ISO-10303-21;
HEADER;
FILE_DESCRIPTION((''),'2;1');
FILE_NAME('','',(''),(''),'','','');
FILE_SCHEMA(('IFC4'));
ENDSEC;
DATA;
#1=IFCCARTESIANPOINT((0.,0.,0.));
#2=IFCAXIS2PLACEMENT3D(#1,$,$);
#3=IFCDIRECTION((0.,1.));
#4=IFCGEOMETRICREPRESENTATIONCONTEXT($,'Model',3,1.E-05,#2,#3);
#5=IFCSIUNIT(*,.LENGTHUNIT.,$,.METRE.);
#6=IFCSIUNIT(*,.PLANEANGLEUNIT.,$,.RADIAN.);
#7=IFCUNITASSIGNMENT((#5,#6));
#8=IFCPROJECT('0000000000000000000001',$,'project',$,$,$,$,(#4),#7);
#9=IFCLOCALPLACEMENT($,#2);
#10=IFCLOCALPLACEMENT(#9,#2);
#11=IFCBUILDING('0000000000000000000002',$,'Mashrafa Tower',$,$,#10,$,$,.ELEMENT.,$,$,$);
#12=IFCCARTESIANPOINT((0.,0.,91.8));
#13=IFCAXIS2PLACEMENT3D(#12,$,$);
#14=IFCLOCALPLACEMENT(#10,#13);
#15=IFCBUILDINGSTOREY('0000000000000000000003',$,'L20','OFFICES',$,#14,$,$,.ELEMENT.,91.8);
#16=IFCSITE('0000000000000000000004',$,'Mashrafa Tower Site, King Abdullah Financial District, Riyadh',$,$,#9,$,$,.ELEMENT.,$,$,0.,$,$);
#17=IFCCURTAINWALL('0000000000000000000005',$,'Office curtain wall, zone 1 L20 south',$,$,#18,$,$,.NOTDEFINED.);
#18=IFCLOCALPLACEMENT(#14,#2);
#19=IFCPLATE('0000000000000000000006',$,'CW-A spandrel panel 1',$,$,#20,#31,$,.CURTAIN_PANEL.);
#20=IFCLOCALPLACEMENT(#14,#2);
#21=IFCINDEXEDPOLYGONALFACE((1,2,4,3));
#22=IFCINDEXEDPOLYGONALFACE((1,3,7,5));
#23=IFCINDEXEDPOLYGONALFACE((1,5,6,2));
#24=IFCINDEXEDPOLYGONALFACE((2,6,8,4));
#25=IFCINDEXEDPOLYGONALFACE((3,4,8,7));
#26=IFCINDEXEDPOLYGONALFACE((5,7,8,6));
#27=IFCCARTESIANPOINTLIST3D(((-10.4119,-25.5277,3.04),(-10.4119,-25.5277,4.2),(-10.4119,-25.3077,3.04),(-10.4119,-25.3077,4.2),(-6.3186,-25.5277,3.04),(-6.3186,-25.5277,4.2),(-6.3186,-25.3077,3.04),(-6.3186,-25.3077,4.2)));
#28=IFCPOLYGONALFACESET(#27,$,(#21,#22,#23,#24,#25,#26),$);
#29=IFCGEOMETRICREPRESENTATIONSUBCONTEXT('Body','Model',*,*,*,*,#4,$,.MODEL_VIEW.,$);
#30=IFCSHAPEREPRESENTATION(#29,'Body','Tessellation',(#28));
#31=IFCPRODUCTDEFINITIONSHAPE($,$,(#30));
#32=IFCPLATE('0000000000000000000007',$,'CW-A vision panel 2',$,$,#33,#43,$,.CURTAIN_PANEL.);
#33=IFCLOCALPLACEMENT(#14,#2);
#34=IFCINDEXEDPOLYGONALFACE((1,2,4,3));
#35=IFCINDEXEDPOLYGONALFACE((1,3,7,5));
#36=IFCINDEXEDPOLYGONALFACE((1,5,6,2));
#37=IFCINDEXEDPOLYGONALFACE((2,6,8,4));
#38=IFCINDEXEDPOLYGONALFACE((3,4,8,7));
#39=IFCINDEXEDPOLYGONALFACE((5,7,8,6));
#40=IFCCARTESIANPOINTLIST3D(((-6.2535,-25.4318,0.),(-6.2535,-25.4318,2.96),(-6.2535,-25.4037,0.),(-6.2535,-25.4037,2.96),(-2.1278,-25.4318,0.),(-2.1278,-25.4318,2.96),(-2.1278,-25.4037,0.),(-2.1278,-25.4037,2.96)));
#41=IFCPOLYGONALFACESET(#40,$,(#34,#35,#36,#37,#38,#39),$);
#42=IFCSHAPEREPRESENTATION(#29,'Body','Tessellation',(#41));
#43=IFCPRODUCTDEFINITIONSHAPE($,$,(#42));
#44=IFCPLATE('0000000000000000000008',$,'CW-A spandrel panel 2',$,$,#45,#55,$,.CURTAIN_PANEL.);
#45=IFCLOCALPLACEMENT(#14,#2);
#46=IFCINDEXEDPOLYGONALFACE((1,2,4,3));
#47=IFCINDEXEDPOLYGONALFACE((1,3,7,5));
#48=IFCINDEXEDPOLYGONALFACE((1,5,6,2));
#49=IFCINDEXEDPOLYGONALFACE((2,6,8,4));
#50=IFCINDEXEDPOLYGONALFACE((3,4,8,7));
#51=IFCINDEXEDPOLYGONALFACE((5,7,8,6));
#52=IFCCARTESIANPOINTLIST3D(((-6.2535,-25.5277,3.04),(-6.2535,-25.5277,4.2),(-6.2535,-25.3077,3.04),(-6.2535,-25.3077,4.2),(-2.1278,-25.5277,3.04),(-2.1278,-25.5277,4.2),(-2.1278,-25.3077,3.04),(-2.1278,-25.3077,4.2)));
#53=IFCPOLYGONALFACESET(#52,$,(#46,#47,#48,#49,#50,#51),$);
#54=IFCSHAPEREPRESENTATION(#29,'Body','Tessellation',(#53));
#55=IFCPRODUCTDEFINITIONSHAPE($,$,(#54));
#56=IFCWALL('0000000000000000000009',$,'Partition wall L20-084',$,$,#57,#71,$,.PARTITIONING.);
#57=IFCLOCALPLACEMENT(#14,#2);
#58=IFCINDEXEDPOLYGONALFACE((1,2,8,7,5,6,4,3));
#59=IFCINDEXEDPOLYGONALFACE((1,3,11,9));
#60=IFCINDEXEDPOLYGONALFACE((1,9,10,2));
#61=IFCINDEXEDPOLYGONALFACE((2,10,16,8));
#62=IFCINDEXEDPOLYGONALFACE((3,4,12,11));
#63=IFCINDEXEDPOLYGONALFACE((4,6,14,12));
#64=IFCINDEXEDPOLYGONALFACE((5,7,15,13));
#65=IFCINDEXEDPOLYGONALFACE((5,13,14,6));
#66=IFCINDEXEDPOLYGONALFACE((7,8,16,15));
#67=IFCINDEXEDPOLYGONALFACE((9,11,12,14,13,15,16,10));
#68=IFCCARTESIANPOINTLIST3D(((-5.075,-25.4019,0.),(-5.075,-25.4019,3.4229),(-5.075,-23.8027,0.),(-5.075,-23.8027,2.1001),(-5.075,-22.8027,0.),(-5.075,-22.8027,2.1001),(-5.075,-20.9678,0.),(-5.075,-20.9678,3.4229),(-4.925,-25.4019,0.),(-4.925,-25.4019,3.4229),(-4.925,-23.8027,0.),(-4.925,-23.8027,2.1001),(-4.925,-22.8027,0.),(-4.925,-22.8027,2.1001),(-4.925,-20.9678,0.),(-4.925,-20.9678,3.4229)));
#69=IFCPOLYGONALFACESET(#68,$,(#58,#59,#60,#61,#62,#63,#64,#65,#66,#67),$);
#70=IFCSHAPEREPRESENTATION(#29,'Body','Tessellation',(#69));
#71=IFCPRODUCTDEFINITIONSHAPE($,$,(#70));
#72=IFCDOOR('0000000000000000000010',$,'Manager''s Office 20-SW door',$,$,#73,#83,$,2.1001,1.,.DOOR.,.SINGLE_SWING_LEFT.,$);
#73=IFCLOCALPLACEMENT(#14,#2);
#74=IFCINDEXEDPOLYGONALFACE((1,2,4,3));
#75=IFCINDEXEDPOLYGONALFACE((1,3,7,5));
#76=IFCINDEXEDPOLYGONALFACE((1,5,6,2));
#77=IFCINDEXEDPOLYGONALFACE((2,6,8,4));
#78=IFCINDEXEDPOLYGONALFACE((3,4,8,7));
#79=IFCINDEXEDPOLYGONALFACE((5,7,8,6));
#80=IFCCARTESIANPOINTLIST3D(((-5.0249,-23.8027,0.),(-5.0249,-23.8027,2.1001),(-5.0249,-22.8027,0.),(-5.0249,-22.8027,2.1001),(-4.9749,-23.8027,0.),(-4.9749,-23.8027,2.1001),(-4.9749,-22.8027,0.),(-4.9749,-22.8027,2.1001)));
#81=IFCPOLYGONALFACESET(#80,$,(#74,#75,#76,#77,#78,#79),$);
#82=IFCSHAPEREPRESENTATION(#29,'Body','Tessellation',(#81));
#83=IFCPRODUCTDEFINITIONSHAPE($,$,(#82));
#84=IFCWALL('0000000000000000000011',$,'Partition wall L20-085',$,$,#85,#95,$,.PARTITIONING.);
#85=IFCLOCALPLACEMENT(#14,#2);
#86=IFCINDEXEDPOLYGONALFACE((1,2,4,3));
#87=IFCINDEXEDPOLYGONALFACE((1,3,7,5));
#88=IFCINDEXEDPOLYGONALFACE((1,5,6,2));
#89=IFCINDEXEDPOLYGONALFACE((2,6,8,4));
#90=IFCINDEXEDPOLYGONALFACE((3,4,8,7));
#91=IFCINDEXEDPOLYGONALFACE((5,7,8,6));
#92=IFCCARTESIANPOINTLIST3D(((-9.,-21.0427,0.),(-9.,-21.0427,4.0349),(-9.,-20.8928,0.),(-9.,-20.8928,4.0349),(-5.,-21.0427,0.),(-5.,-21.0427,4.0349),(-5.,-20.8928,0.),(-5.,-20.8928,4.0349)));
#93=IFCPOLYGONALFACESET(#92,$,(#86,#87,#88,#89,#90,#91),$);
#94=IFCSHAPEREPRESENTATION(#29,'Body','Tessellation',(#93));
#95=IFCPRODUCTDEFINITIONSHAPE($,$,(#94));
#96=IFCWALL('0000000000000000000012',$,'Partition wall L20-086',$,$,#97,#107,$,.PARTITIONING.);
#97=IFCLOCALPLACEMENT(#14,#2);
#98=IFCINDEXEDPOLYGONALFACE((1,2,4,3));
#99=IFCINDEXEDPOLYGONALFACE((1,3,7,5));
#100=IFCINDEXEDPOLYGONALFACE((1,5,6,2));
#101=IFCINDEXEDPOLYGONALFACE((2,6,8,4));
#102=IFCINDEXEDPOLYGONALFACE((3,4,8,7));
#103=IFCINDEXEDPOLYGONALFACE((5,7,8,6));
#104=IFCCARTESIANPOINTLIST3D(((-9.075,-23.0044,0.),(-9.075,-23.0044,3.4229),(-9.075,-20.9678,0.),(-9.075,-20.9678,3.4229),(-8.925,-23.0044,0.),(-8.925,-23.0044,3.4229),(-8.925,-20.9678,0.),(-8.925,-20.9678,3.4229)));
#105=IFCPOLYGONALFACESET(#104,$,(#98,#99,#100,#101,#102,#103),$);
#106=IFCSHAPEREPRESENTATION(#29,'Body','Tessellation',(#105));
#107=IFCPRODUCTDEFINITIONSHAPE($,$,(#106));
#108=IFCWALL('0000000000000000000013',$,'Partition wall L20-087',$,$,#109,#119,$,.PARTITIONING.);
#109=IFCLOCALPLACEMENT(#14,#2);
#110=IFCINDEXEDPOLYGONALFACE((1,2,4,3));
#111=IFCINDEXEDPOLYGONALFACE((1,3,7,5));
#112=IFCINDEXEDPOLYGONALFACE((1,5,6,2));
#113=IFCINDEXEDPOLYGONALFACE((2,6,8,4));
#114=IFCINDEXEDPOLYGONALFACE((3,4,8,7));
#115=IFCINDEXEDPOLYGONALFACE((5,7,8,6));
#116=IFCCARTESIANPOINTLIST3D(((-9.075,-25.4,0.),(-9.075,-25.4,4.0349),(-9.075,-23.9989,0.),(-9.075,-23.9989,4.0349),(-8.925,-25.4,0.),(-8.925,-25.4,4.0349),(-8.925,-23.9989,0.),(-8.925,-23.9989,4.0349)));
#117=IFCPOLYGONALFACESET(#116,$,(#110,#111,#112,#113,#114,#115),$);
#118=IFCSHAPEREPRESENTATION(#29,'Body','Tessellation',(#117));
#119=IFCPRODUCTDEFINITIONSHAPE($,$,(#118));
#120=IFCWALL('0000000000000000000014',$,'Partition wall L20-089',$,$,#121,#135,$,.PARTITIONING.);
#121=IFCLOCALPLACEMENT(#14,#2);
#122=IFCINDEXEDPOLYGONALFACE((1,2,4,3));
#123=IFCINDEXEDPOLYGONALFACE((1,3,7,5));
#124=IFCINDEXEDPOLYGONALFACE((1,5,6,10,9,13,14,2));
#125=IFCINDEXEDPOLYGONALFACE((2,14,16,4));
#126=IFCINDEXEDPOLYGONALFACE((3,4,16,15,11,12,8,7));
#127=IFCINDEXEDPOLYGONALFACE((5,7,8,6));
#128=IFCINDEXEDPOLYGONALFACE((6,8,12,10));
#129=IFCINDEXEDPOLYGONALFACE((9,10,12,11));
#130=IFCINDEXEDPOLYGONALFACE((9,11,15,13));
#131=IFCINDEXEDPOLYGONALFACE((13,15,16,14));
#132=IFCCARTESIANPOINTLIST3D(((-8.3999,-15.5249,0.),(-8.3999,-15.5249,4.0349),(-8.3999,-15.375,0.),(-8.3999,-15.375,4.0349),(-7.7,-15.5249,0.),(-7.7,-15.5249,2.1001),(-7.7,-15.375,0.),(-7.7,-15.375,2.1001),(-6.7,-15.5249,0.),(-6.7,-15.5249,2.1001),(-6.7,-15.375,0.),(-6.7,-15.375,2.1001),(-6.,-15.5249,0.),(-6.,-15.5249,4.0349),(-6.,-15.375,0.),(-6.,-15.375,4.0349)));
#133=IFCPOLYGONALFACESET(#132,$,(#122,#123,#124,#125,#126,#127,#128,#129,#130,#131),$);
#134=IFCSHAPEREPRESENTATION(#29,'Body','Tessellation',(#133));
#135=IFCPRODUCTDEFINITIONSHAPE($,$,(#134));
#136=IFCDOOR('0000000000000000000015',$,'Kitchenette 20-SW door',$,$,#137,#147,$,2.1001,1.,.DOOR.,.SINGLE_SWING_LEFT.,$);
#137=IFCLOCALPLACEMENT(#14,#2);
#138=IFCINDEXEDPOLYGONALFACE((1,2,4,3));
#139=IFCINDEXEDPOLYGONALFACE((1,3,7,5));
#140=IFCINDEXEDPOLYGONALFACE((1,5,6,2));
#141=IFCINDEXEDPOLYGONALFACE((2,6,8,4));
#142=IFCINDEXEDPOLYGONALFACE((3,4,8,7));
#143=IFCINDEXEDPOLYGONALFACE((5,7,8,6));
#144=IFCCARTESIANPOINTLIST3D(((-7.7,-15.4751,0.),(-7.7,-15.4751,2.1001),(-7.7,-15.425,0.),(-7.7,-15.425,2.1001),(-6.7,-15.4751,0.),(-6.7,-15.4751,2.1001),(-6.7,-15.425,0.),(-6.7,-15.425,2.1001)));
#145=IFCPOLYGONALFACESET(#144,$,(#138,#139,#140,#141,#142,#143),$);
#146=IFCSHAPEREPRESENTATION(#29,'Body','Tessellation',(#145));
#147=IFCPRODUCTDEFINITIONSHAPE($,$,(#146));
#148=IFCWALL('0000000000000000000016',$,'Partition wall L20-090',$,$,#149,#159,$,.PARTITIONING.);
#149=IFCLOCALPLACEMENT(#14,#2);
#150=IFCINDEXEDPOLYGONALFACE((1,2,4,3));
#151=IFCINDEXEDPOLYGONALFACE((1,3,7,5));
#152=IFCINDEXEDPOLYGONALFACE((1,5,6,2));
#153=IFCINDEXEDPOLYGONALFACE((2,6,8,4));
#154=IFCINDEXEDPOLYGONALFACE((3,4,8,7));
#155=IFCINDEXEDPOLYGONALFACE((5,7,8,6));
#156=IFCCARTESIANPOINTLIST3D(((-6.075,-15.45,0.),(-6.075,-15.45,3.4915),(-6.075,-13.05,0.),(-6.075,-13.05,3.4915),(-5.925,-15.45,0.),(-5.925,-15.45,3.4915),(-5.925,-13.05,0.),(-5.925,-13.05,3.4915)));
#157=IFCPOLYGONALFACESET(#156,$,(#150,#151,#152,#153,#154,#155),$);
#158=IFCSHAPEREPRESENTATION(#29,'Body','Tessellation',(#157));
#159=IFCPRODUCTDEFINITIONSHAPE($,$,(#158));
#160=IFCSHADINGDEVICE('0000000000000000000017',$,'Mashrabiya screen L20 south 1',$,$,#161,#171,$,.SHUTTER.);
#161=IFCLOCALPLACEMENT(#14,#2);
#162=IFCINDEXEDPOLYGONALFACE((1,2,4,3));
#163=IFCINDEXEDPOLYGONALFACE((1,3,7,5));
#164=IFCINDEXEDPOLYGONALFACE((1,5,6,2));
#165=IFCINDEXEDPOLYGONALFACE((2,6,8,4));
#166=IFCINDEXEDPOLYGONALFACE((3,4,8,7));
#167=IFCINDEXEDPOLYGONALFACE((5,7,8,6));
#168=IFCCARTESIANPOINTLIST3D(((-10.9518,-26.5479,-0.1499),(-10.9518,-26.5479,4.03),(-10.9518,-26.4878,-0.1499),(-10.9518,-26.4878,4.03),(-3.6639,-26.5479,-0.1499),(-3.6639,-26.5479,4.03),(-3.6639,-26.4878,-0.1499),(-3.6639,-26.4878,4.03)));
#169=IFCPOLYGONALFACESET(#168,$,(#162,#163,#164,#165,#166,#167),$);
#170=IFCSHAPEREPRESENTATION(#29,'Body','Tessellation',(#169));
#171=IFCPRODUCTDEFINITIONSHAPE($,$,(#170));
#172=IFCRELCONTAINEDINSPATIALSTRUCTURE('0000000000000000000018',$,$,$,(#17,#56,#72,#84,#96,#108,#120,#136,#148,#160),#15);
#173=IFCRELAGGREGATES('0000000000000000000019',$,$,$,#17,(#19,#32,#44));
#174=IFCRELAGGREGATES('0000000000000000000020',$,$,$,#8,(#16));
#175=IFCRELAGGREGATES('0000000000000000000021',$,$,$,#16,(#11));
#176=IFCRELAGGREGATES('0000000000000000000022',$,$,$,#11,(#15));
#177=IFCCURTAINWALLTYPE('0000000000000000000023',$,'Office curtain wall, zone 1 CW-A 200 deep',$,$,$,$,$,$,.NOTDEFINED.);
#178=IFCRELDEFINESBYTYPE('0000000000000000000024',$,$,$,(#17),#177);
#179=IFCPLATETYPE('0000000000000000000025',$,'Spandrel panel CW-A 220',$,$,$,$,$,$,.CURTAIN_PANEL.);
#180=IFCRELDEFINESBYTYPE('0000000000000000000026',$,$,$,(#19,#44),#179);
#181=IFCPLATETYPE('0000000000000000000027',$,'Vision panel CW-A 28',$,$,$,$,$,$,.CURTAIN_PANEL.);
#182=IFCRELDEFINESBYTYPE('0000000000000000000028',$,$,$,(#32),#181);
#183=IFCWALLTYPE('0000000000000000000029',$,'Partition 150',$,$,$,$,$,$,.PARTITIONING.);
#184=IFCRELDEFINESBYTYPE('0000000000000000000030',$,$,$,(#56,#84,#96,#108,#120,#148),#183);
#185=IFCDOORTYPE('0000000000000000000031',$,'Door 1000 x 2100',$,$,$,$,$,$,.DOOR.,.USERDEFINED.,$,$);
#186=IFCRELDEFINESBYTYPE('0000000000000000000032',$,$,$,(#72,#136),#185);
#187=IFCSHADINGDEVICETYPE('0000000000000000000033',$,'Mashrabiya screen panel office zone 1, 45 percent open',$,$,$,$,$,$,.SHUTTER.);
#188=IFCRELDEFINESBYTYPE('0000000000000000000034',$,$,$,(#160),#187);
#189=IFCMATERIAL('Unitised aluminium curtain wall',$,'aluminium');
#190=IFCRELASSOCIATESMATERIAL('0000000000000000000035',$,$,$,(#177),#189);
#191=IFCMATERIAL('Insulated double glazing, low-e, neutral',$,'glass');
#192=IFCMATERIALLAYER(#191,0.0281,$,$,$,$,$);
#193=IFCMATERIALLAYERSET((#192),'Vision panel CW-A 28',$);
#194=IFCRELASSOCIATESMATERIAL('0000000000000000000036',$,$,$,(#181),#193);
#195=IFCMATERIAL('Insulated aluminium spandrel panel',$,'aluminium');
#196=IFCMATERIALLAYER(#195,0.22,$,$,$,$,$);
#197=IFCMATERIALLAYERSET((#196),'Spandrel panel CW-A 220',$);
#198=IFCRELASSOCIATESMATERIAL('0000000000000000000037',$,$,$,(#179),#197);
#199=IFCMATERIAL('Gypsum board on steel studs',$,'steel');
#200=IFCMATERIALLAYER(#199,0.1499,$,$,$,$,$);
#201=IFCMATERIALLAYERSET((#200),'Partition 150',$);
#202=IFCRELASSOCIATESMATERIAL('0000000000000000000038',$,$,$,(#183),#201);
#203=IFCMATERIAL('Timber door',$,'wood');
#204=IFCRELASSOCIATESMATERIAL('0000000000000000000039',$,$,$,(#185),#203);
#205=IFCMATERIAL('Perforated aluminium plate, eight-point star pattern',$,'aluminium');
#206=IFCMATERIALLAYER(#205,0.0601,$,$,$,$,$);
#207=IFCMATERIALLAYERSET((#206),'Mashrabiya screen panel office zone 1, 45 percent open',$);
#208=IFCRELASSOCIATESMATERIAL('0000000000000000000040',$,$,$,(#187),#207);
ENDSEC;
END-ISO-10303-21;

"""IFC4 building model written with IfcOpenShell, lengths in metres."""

from ifc_helpers import new_model, si_unit, direction, frame, frame_2d, origin, origin_2d, place, context, subcontext, project, spatial, rectangle, extrude, source, transform, mapped, material, layer, layer_set, type_object, type_shapes, element, fill, aggregate, save


model = new_model("IFC4")

# Units and contexts
model_context = context("Model", 3, precision=1e-05, world=origin(), true_north=direction((0.0, 1.0)))
body_context = subcontext(model_context, "Body", "Model", "MODEL_VIEW")
ifc_project = project(units=[si_unit("LENGTHUNIT", "METRE"), si_unit("PLANEANGLEUNIT", "RADIAN")], contexts=[model_context])

# Site, building, storey
site_placement = place(None, origin())
site = spatial("IfcSite", under=ifc_project, at=site_placement, Name="Mashrafa Tower Site, King Abdullah Financial District, Riyadh", CompositionType="ELEMENT", RefElevation=0.0)
building_placement = place(site_placement, origin())
building = spatial("IfcBuilding", under=site, at=building_placement, Name="Mashrafa Tower", CompositionType="ELEMENT")
storey_placement = place(building_placement, frame((0.0, 0.0, 91.8)))
storey = spatial("IfcBuildingStorey", under=building, at=storey_placement, Name="L20", Description="OFFICES", CompositionType="ELEMENT", Elevation=91.8)

# Shared definitions
ifc_material_1 = material(Name="Unitised aluminium curtain wall", Category="aluminium")
curtain_wall_type = type_object("IfcCurtainWallType", Name="Office curtain wall, zone 1 CW-A 200 deep", PredefinedType="NOTDEFINED", material=ifc_material_1)

# Curtain wall
curtain_wall_1_placement = place(storey_placement, origin())
curtain_wall_1 = element("IfcCurtainWall", 1, at=curtain_wall_1_placement, inside=storey, type_object=curtain_wall_type, Name="Office curtain wall, zone 1 L20 south", PredefinedType="NOTDEFINED")

# Plates
ifc_material_2 = material(Name="Insulated double glazing, low-e, neutral", Category="glass")
ifc_layer_1 = layer(ifc_material_2, 0.0281)
ifc_layer_set_1 = layer_set([ifc_layer_1], Name="Vision panel CW-A 28")
plate_type_1 = type_object("IfcPlateType", Name="Vision panel CW-A 28", PredefinedType="CURTAIN_PANEL", material=ifc_layer_set_1)
ifc_material_3 = material(Name="Insulated aluminium spandrel panel", Category="aluminium")
ifc_layer_2 = layer(ifc_material_3, 0.22)
ifc_layer_set_2 = layer_set([ifc_layer_2], Name="Spandrel panel CW-A 220")
plate_type_2 = type_object("IfcPlateType", Name="Spandrel panel CW-A 220", PredefinedType="CURTAIN_PANEL", material=ifc_layer_set_2)
shared_shape_1 = source(origin(), body_context, "Body", "SweptSolid", [
    extrude(rectangle(XDim=4.0933, YDim=0.22, at=origin_2d()), origin(), (0.0, 0.0, 1.0), 1.1599),
])
plate_1_placement = place(storey_placement, frame((-8.3652, -25.4177, 3.04), z_axis=(0.0, 0.0, 1.0), x_axis=(1.0, 0.0, 0.0)))
plate_1 = element("IfcPlate", 2, at=plate_1_placement, type_object=plate_type_2, Name="CW-A spandrel panel 1", PredefinedType="CURTAIN_PANEL", context=body_context, shape_type="MappedRepresentation", body=[
    mapped(shared_shape_1, transform((0.0, 0.0, 0.0))),
])
shared_shape_2 = source(origin(), body_context, "Body", "SweptSolid", [
    extrude(rectangle(XDim=4.1257, YDim=0.0281, at=origin_2d()), origin(), (0.0, 0.0, 1.0), 2.96),
])
plate_2_placement = place(storey_placement, frame((-4.1907, -25.4177, 0.0), z_axis=(0.0, 0.0, 1.0), x_axis=(1.0, 0.0, 0.0)))
plate_2 = element("IfcPlate", 3, at=plate_2_placement, type_object=plate_type_1, Name="CW-A vision panel 2", PredefinedType="CURTAIN_PANEL", context=body_context, shape_type="MappedRepresentation", body=[
    mapped(shared_shape_2, transform((0.0, 0.0, 0.0))),
])
shared_shape_3 = source(origin(), body_context, "Body", "SweptSolid", [
    extrude(rectangle(XDim=4.1257, YDim=0.22, at=origin_2d()), origin(), (0.0, 0.0, 1.0), 1.1599),
])
type_shapes(plate_type_2, [shared_shape_1, shared_shape_3])
plate_3_placement = place(storey_placement, frame((-4.1907, -25.4177, 3.04), z_axis=(0.0, 0.0, 1.0), x_axis=(1.0, 0.0, 0.0)))
plate_3 = element("IfcPlate", 4, at=plate_3_placement, type_object=plate_type_2, Name="CW-A spandrel panel 2", PredefinedType="CURTAIN_PANEL", context=body_context, shape_type="MappedRepresentation", body=[
    mapped(shared_shape_3, transform((0.0, 0.0, 0.0))),
])
aggregate(curtain_wall_1, [plate_1, plate_2, plate_3])

# Wall, opening, door
ifc_material_4 = material(Name="Gypsum board on steel studs", Category="steel")
ifc_layer_3 = layer(ifc_material_4, 0.1499)
ifc_layer_set_3 = layer_set([ifc_layer_3], Name="Partition 150")
wall_type = type_object("IfcWallType", Name="Partition 150", PredefinedType="PARTITIONING", material=ifc_layer_set_3)
wall_1_placement = place(storey_placement, frame((-5.0, -25.4019, 0.0), z_axis=(0.0, 0.0, 1.0), x_axis=(0.0, 1.0, 0.0)))
wall_1 = element("IfcWall", 5, at=wall_1_placement, inside=storey, type_object=wall_type, Name="Partition wall L20-084", PredefinedType="PARTITIONING", context=body_context, shape_type="SweptSolid", body=[
    extrude(rectangle(XDim=4.4341, YDim=0.1499, at=frame_2d((2.217, 0.0))), origin(), (0.0, 0.0, 1.0), 3.4229),
])
opening_1_placement = place(wall_1_placement, frame((1.5991, 0.0, 0.0)))
opening_1 = element("IfcOpeningElement", 6, at=opening_1_placement, cuts=wall_1, PredefinedType="OPENING", context=body_context, shape_type="SweptSolid", body=[
    extrude(rectangle(XDim=1.0, YDim=2.1001, at=frame_2d((0.5, 1.05))), frame((0.0, 0.085, 0.0), z_axis=(0.0, -1.0, 0.0), x_axis=(1.0, 0.0, 0.0)), (0.0, 0.0, 1.0), 0.1699),
])
ifc_material_5 = material(Name="Timber door", Category="wood")
door_type = type_object("IfcDoorType", Name="Door 1000 x 2100", OperationType="USERDEFINED", PredefinedType="DOOR", material=ifc_material_5)
door_1_placement = place(opening_1_placement, origin())
door_1 = element("IfcDoor", 7, at=door_1_placement, inside=storey, type_object=door_type, Name="Manager's Office 20-SW door", OperationType="SINGLE_SWING_LEFT", OverallHeight=2.1001, OverallWidth=1.0, PredefinedType="DOOR", context=body_context, shape_type="SweptSolid", body=[
    extrude(rectangle(XDim=1.0, YDim=2.1001, at=frame_2d((0.5, 1.05))), frame((0.0, 0.0249, 0.0), z_axis=(0.0, -1.0, 0.0), x_axis=(1.0, 0.0, 0.0)), (0.0, 0.0, 1.0), 0.05),
])
fill(opening_1, door_1)

# Walls
wall_2_placement = place(storey_placement, frame((-5.0, -20.9678, 0.0), z_axis=(0.0, 0.0, 1.0), x_axis=(-1.0, 0.0, 0.0)))
element("IfcWall", 8, at=wall_2_placement, inside=storey, type_object=wall_type, Name="Partition wall L20-085", PredefinedType="PARTITIONING", context=body_context, shape_type="SweptSolid", body=[
    extrude(rectangle(XDim=4.0, YDim=0.1499, at=frame_2d((2.0, 0.0))), origin(), (0.0, 0.0, 1.0), 4.0349),
])
wall_3_placement = place(storey_placement, frame((-9.0, -20.9678, 0.0), z_axis=(0.0, 0.0, 1.0), x_axis=(0.0, -1.0, 0.0)))
element("IfcWall", 9, at=wall_3_placement, inside=storey, type_object=wall_type, Name="Partition wall L20-086", PredefinedType="PARTITIONING", context=body_context, shape_type="SweptSolid", body=[
    extrude(rectangle(XDim=2.0366, YDim=0.1499, at=frame_2d((1.0183, 0.0))), origin(), (0.0, 0.0, 1.0), 3.4229),
])
wall_4_placement = place(storey_placement, frame((-9.0, -23.9988, 0.0), z_axis=(0.0, 0.0, 1.0), x_axis=(0.0, -1.0, 0.0)))
element("IfcWall", 10, at=wall_4_placement, inside=storey, type_object=wall_type, Name="Partition wall L20-087", PredefinedType="PARTITIONING", context=body_context, shape_type="SweptSolid", body=[
    extrude(rectangle(XDim=1.4011, YDim=0.1499, at=frame_2d((0.7007, 0.0))), origin(), (0.0, 0.0, 1.0), 4.0349),
])

# Wall, opening, door
wall_5_placement = place(storey_placement, frame((-8.3999, -15.45, 0.0), z_axis=(0.0, 0.0, 1.0), x_axis=(1.0, 0.0, 0.0)))
wall_5 = element("IfcWall", 11, at=wall_5_placement, inside=storey, type_object=wall_type, Name="Partition wall L20-089", PredefinedType="PARTITIONING", context=body_context, shape_type="SweptSolid", body=[
    extrude(rectangle(XDim=2.3999, YDim=0.1499, at=frame_2d((1.2, 0.0))), origin(), (0.0, 0.0, 1.0), 4.0349),
])
opening_2_placement = place(wall_5_placement, frame((0.7, 0.0, 0.0)))
opening_2 = element("IfcOpeningElement", 12, at=opening_2_placement, cuts=wall_5, PredefinedType="OPENING", context=body_context, shape_type="SweptSolid", body=[
    extrude(rectangle(XDim=1.0, YDim=2.1001, at=frame_2d((0.5, 1.05))), frame((0.0, 0.085, 0.0), z_axis=(0.0, -1.0, 0.0), x_axis=(1.0, 0.0, 0.0)), (0.0, 0.0, 1.0), 0.1699),
])
door_2_placement = place(opening_2_placement, origin())
door_2 = element("IfcDoor", 13, at=door_2_placement, inside=storey, type_object=door_type, Name="Kitchenette 20-SW door", OperationType="SINGLE_SWING_LEFT", OverallHeight=2.1001, OverallWidth=1.0, PredefinedType="DOOR", context=body_context, shape_type="SweptSolid", body=[
    extrude(rectangle(XDim=1.0, YDim=2.1001, at=frame_2d((0.5, 1.05))), frame((0.0, 0.0249, 0.0), z_axis=(0.0, -1.0, 0.0), x_axis=(1.0, 0.0, 0.0)), (0.0, 0.0, 1.0), 0.05),
])
fill(opening_2, door_2)

# Wall
wall_6_placement = place(storey_placement, frame((-6.0, -15.45, 0.0), z_axis=(0.0, 0.0, 1.0), x_axis=(0.0, 1.0, 0.0)))
element("IfcWall", 14, at=wall_6_placement, inside=storey, type_object=wall_type, Name="Partition wall L20-090", PredefinedType="PARTITIONING", context=body_context, shape_type="SweptSolid", body=[
    extrude(rectangle(XDim=2.3999, YDim=0.1499, at=frame_2d((1.2, 0.0))), origin(), (0.0, 0.0, 1.0), 3.4915),
])

# Shading device
ifc_material_6 = material(Name="Perforated aluminium plate, eight-point star pattern", Category="aluminium")
ifc_layer_4 = layer(ifc_material_6, 0.0601)
ifc_layer_set_4 = layer_set([ifc_layer_4], Name="Mashrabiya screen panel office zone 1, 45 percent open")
shading_device_type = type_object("IfcShadingDeviceType", Name="Mashrabiya screen panel office zone 1, 45 percent open", PredefinedType="SHUTTER", material=ifc_layer_set_4)
shared_shape_4 = source(origin(), body_context, "Body", "SweptSolid", [
    extrude(rectangle(XDim=7.2878, YDim=0.0601, at=origin_2d()), origin(), (0.0, 0.0, 1.0), 4.1799),
])
type_shapes(shading_device_type, [shared_shape_4])
shading_device_placement = place(storey_placement, frame((-7.3079, -26.5178, -0.1499), z_axis=(0.0, 0.0, 1.0), x_axis=(1.0, 0.0, 0.0)))
element("IfcShadingDevice", 15, at=shading_device_placement, inside=storey, type_object=shading_device_type, Name="Mashrabiya screen L20 south 1", PredefinedType="SHUTTER", context=body_context, shape_type="MappedRepresentation", body=[
    mapped(shared_shape_4, transform((0.0, 0.0, 0.0))),
])

save(model, "model.ifc")
